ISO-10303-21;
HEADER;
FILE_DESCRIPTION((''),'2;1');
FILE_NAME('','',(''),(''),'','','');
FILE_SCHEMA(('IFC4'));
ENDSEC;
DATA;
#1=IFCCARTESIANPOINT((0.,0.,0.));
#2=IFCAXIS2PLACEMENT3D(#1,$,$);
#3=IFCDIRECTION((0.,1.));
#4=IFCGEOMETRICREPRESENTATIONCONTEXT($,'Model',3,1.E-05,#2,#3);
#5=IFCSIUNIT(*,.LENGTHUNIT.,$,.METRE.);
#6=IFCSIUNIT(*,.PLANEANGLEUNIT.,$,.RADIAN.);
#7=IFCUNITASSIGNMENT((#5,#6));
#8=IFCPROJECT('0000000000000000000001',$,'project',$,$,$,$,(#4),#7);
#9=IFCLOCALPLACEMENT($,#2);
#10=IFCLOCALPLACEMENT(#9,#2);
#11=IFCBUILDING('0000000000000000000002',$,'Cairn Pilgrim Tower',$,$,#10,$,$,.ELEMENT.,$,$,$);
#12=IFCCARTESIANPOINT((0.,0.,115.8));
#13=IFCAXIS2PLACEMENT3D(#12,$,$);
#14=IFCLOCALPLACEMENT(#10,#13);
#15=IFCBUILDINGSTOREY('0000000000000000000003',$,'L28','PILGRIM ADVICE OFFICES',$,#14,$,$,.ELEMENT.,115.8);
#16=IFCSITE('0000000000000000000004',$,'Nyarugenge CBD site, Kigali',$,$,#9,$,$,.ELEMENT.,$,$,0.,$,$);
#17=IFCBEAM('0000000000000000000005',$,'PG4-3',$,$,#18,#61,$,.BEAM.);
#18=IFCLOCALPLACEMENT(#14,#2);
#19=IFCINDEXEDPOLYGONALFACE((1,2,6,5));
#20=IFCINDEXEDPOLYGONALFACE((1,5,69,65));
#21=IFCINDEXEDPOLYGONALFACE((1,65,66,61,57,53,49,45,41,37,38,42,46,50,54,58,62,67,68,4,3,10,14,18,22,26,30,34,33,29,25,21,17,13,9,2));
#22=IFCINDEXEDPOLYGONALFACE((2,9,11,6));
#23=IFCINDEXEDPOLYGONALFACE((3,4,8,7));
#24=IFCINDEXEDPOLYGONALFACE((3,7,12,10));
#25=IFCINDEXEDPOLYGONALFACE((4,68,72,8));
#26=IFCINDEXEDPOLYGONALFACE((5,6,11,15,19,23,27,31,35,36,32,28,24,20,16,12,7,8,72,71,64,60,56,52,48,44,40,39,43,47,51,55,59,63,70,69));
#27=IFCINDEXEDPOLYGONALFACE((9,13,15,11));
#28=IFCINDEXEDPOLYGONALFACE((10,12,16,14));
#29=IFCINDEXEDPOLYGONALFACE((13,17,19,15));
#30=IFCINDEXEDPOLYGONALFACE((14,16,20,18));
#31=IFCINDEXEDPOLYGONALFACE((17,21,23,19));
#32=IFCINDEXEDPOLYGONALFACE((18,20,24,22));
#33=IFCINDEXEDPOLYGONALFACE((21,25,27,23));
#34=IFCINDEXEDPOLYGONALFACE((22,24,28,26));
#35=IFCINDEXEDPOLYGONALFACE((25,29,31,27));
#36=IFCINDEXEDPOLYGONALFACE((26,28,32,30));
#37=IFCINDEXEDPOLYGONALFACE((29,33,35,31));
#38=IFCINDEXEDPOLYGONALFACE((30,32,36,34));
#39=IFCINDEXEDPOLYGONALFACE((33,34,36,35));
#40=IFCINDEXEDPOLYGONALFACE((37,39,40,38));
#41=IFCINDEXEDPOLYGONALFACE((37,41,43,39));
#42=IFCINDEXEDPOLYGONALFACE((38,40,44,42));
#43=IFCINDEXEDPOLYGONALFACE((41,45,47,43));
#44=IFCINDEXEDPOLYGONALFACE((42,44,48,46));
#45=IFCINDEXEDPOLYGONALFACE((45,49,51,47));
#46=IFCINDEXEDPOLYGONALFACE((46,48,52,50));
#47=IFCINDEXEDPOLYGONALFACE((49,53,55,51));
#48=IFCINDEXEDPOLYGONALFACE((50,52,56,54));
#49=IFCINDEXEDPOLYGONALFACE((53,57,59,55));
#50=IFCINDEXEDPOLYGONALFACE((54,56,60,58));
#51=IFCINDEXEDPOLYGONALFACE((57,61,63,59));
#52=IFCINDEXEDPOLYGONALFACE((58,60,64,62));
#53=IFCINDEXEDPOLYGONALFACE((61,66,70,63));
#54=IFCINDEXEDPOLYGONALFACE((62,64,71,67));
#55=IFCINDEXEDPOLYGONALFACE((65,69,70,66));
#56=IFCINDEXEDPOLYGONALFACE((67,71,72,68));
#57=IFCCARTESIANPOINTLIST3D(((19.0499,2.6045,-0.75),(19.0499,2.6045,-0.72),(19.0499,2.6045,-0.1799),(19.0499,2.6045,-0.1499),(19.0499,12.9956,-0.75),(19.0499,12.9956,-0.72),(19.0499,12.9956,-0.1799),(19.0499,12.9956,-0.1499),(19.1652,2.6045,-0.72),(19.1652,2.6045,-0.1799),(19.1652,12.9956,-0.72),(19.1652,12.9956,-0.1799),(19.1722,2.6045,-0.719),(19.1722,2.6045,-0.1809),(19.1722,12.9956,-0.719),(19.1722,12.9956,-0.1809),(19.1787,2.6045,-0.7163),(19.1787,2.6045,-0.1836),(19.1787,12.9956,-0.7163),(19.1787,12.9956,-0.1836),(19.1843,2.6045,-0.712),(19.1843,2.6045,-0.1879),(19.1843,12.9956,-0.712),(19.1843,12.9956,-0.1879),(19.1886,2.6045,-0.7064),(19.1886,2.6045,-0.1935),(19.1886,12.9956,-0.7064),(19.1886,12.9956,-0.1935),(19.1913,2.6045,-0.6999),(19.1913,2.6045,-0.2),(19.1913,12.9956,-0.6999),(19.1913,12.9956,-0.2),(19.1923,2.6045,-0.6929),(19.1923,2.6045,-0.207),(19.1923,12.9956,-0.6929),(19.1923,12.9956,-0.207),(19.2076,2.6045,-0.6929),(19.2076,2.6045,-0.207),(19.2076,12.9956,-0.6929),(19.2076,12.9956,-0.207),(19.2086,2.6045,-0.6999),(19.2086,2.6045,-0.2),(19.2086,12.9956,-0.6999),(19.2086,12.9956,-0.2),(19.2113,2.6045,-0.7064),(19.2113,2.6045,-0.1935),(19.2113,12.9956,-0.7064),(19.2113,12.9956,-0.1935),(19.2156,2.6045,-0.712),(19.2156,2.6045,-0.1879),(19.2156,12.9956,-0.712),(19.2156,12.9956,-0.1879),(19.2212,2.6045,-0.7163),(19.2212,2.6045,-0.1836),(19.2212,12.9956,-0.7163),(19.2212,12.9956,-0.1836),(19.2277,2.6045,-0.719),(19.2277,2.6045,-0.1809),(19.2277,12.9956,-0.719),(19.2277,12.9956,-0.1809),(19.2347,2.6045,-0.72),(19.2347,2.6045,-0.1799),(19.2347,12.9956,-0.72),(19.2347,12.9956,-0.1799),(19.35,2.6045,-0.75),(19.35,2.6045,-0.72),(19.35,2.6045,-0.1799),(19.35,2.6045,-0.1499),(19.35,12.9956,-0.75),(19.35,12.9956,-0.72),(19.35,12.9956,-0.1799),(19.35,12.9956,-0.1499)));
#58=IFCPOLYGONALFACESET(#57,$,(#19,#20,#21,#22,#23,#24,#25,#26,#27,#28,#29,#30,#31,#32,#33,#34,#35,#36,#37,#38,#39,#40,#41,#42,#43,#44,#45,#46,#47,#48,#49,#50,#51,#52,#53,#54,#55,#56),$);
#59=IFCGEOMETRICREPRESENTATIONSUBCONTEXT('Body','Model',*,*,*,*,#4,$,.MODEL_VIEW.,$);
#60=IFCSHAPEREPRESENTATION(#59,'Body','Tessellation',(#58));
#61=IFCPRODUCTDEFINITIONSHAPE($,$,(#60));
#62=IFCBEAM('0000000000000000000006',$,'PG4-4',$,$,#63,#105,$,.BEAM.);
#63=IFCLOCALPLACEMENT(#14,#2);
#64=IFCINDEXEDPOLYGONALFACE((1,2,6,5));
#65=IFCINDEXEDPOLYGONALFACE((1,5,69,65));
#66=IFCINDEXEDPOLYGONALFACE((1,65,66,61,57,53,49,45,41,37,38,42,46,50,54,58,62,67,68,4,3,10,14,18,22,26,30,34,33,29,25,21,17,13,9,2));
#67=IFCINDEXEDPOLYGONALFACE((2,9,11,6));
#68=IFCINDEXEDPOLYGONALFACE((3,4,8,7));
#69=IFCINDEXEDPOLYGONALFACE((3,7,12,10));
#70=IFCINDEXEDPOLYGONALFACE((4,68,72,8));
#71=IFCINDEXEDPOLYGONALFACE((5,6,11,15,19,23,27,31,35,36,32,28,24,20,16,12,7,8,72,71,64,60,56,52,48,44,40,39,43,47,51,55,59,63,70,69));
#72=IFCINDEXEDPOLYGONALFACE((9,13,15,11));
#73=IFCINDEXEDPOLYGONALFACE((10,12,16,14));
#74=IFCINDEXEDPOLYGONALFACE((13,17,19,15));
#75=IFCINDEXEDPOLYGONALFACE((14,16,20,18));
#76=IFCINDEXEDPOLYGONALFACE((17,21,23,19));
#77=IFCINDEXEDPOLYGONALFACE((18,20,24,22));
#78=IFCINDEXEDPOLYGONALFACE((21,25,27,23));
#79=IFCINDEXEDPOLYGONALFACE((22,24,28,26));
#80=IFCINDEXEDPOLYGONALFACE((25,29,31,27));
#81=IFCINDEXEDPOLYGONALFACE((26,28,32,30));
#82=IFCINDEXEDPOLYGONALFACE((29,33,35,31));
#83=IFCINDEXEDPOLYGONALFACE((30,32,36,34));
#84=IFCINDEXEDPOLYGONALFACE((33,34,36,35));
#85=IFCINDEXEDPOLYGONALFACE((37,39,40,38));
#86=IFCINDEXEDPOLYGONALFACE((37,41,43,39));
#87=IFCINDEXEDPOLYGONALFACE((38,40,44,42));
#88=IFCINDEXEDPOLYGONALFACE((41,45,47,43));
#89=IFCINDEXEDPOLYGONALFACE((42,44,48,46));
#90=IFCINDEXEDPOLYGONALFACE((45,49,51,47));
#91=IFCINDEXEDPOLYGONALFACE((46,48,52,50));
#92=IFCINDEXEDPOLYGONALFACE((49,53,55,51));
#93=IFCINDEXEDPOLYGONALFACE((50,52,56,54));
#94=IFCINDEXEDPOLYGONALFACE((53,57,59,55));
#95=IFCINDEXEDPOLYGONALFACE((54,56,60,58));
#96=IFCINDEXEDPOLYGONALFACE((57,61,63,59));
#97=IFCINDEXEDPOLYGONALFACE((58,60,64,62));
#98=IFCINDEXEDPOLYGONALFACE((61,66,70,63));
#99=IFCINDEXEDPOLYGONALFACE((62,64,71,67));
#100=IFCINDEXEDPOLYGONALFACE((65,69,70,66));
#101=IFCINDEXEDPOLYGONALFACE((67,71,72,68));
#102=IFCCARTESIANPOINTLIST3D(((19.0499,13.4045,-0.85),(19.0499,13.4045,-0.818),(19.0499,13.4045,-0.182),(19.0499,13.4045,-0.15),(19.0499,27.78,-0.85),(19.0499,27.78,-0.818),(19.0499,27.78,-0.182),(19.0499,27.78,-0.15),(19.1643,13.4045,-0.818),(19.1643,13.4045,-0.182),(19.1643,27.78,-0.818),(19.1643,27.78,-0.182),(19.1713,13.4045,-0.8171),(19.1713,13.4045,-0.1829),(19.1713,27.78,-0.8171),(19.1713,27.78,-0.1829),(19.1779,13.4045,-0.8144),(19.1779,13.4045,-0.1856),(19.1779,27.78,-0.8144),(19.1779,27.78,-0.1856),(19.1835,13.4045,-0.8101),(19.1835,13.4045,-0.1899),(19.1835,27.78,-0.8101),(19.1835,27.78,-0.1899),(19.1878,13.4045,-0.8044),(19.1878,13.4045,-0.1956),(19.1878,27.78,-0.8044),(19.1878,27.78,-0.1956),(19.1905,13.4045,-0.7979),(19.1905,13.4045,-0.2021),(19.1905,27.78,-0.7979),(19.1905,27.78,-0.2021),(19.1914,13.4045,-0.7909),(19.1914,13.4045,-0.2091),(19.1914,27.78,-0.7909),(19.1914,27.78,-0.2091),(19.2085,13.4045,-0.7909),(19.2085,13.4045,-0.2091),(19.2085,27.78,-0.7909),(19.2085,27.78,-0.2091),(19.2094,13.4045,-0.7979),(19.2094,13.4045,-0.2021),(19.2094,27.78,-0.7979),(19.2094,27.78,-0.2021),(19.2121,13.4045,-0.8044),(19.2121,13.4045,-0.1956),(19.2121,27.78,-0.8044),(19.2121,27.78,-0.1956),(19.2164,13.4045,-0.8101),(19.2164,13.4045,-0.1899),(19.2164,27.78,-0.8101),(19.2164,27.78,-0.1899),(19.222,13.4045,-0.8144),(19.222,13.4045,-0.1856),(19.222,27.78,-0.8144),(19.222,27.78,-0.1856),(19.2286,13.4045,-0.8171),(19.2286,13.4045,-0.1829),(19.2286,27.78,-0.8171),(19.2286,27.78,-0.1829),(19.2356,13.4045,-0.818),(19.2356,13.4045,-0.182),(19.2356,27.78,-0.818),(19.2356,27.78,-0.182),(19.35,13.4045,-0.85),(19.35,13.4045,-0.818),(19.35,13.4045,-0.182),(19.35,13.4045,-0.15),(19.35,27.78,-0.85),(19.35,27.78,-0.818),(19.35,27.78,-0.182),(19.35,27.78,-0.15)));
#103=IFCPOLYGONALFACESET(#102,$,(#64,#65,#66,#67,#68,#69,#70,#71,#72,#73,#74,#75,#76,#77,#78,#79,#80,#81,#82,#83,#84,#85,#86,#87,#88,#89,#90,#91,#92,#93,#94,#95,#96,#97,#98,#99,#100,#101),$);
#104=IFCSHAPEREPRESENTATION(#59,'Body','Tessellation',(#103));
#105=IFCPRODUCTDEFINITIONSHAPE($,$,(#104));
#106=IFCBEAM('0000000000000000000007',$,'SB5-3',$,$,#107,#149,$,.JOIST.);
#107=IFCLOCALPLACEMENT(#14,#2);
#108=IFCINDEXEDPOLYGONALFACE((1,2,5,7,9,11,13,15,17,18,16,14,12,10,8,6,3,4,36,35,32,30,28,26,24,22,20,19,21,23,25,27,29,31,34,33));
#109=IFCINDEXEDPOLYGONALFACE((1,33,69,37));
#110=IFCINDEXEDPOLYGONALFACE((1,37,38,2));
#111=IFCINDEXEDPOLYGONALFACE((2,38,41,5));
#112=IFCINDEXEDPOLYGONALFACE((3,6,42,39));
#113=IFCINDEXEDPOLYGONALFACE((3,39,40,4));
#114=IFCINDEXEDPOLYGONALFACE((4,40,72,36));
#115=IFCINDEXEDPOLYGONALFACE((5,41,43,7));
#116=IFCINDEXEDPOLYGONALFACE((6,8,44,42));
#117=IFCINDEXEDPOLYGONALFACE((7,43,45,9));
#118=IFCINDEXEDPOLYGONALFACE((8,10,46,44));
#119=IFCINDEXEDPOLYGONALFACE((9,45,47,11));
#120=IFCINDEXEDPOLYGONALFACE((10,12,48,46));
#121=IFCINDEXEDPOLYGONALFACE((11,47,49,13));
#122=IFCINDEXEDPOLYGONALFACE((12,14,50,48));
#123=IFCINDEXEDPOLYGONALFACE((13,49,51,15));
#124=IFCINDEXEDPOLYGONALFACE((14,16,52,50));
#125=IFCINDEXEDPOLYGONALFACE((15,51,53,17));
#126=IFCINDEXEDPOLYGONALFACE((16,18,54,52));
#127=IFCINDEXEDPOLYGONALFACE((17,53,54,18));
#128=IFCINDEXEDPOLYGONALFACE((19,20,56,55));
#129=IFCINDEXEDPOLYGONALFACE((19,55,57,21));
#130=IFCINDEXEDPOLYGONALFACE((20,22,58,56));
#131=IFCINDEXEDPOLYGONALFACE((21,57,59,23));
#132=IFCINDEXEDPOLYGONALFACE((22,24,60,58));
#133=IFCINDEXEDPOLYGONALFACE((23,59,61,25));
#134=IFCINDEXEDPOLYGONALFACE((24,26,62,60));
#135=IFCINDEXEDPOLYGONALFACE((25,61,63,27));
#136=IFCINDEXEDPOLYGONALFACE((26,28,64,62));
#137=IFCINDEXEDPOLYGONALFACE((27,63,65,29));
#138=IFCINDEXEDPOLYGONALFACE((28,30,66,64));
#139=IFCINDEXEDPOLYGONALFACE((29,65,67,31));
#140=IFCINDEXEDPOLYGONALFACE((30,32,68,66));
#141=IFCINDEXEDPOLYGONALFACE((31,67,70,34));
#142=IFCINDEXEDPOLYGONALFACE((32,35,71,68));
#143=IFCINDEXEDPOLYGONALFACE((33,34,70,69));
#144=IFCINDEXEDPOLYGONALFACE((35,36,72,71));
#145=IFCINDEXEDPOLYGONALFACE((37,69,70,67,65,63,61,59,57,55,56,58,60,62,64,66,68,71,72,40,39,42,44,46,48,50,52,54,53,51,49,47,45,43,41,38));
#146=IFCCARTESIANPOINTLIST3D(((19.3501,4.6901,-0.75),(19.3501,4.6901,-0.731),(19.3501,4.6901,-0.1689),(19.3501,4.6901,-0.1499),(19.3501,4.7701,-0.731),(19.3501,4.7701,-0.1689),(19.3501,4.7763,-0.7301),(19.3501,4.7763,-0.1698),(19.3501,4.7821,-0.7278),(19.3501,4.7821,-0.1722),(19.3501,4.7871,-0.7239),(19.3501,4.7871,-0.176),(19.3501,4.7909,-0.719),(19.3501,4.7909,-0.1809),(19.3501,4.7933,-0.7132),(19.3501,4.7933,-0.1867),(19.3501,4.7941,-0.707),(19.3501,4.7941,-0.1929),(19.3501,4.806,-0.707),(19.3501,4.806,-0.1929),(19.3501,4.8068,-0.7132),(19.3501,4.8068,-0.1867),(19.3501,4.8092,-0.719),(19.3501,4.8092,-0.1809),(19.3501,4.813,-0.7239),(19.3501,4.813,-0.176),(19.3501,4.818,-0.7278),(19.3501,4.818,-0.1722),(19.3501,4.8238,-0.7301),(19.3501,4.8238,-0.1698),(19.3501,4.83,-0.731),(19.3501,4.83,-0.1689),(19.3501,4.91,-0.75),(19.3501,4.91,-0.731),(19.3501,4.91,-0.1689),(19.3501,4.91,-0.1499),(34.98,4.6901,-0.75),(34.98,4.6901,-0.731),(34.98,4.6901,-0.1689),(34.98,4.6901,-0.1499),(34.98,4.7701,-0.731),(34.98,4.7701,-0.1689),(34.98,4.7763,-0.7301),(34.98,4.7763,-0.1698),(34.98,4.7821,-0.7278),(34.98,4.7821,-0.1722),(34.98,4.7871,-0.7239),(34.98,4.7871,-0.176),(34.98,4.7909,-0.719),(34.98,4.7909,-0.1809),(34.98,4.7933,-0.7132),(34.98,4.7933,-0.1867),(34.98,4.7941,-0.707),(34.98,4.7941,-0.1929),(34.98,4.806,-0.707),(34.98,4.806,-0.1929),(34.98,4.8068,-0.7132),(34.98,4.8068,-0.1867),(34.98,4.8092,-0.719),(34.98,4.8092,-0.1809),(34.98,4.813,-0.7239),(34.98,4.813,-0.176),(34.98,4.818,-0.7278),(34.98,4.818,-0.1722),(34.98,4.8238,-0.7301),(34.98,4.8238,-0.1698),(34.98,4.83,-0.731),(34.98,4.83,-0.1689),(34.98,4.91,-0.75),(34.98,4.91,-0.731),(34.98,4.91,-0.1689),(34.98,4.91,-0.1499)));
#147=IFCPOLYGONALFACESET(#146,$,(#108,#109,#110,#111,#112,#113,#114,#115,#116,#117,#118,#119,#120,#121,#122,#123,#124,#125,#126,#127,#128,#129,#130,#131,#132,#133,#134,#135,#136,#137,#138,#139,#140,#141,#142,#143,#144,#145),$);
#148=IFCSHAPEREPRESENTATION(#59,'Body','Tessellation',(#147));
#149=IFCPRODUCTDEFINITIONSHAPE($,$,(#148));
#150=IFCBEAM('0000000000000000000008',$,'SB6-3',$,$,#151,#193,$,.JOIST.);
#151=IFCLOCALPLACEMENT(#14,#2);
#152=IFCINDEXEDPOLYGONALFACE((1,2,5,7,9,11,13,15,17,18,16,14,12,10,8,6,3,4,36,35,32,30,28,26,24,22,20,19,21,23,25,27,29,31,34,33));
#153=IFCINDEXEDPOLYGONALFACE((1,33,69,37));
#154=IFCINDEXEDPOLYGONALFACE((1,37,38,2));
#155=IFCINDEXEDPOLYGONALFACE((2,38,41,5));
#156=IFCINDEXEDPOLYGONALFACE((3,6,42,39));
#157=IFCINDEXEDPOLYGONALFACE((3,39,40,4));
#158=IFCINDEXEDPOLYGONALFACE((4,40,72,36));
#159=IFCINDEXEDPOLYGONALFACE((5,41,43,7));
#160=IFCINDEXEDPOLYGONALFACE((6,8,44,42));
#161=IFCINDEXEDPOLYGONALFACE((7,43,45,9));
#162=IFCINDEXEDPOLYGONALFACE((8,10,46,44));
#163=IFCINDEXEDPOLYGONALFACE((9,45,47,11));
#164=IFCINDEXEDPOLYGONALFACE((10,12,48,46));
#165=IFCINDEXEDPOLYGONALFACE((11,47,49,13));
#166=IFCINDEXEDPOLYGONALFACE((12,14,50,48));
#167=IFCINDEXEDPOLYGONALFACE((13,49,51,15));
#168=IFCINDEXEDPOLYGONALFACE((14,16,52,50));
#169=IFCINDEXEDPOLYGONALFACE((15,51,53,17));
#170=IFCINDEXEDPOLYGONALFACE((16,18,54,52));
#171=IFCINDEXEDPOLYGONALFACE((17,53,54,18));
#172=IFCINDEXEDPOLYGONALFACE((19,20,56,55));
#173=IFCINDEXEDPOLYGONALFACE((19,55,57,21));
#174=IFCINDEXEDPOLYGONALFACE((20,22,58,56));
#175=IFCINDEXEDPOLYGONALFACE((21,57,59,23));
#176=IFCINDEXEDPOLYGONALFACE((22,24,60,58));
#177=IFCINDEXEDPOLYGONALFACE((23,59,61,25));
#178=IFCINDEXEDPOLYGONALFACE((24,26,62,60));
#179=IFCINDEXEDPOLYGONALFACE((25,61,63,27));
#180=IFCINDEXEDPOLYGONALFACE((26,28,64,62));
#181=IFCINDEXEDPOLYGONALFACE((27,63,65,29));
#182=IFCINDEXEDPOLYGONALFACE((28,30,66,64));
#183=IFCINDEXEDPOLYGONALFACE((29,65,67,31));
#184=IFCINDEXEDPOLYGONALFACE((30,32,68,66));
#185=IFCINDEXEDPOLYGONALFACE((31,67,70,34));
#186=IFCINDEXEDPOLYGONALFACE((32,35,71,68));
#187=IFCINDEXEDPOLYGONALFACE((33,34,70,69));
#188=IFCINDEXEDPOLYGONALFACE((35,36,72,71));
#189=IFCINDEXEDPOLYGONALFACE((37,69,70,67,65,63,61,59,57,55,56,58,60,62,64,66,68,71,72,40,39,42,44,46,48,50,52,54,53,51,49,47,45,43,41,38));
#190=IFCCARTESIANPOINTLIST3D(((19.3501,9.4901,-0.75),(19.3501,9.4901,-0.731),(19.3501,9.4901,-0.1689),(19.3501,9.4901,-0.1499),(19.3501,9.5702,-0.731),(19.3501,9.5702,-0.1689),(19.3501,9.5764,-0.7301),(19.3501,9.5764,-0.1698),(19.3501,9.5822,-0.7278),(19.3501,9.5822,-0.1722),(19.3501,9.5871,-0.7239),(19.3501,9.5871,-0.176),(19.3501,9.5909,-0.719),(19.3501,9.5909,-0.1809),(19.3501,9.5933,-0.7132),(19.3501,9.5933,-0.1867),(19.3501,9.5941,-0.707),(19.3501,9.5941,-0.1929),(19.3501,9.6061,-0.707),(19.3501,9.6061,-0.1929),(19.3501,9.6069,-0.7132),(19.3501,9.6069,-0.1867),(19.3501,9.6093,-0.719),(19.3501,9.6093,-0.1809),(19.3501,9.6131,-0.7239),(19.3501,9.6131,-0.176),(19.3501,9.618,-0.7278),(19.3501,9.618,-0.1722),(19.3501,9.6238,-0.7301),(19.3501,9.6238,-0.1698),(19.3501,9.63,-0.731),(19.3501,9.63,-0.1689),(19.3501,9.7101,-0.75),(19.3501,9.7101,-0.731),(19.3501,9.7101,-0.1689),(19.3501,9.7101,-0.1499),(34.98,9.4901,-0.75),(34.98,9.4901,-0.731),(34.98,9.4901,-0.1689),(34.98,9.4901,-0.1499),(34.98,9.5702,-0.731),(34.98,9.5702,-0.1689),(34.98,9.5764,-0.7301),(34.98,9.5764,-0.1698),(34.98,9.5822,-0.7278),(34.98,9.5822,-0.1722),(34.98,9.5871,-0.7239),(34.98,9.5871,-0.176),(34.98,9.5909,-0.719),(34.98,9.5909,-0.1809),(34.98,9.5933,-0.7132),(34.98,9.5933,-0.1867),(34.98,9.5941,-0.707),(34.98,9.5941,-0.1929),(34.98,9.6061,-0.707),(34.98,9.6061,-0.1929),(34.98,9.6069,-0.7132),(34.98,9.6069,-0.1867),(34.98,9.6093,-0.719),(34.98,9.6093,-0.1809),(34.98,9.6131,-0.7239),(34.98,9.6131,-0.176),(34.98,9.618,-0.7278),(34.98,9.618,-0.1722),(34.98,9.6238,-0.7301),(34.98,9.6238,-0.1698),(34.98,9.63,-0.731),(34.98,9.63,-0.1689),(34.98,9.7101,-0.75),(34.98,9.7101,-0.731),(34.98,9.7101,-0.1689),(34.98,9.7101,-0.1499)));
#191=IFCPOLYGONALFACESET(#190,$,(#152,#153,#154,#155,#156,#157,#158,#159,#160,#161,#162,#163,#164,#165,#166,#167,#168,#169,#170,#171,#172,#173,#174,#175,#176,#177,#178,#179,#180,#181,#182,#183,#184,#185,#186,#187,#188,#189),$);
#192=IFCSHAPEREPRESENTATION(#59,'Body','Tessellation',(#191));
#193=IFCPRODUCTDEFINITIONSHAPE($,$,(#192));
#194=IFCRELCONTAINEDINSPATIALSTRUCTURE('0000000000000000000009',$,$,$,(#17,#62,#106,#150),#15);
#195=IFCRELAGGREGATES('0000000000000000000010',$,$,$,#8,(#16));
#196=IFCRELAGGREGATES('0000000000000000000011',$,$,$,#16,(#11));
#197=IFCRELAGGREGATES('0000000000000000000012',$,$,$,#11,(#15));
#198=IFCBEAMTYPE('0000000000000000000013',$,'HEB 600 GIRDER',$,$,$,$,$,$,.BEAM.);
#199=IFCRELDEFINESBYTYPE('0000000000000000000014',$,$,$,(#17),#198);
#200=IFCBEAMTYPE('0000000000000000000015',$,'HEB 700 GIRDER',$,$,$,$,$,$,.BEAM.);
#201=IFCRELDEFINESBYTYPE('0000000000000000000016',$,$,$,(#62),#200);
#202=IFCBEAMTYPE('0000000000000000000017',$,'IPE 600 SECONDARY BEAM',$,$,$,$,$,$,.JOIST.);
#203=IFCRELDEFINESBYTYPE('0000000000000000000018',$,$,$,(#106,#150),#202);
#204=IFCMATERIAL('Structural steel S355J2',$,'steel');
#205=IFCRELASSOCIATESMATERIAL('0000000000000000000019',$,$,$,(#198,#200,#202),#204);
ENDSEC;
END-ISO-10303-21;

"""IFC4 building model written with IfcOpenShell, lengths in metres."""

from ifc_helpers import new_model, si_unit, direction, frame, origin, origin_2d, place, context, subcontext, project, spatial, i_section, extrude, material, material_profile, profile_set, type_object, element, save


model = new_model("IFC4")

# Units and contexts
model_context = context("Model", 3, precision=1e-05, world=origin(), true_north=direction((0.0, 1.0)))
body_context = subcontext(model_context, "Body", "Model", "MODEL_VIEW")
ifc_project = project(units=[si_unit("LENGTHUNIT", "METRE"), si_unit("PLANEANGLEUNIT", "RADIAN")], contexts=[model_context])

# Site, building, storey
site_placement = place(None, origin())
site = spatial("IfcSite", under=ifc_project, at=site_placement, Name="Nyarugenge CBD site, Kigali", CompositionType="ELEMENT", RefElevation=0.0)
building_placement = place(site_placement, origin())
building = spatial("IfcBuilding", under=site, at=building_placement, Name="Cairn Pilgrim Tower", CompositionType="ELEMENT")
storey_placement = place(building_placement, frame((0.0, 0.0, 115.8)))
storey = spatial("IfcBuildingStorey", under=building, at=storey_placement, Name="L28", Description="PILGRIM ADVICE OFFICES", CompositionType="ELEMENT", Elevation=115.8)

# Beams
ifc_material_1 = material(Name="Structural steel S355J2", Category="steel")
ifc_material_profile_1 = material_profile(ifc_material_1, i_section(OverallWidth=0.3, OverallDepth=0.6001, WebThickness=0.0154, FlangeThickness=0.03, FilletRadius=0.0271, at=origin_2d()), Name="HEB 600")
ifc_profile_set_1 = profile_set([ifc_material_profile_1], Name="Structural steel S355J2")
beam_type_1 = type_object("IfcBeamType", Name="HEB 600 GIRDER", PredefinedType="BEAM", material=ifc_profile_set_1)
beam_1_placement = place(storey_placement, frame((19.2, 2.6045, -0.45), z_axis=(0.0, 1.0, 0.0), x_axis=(-1.0, 0.0, 0.0)))
element("IfcBeam", 1, at=beam_1_placement, inside=storey, type_object=beam_type_1, Name="PG4-3", PredefinedType="BEAM", context=body_context, shape_type="SweptSolid", body=[
    extrude(i_section(OverallWidth=0.3, OverallDepth=0.6001, WebThickness=0.0154, FlangeThickness=0.03, FilletRadius=0.0271, at=origin_2d()), origin(), (0.0, 0.0, 1.0), 10.3911),
])
ifc_material_profile_2 = material_profile(ifc_material_1, i_section(OverallWidth=0.3, OverallDepth=0.7, WebThickness=0.0171, FlangeThickness=0.032, FilletRadius=0.0271, at=origin_2d()), Name="HEB 700")
ifc_profile_set_2 = profile_set([ifc_material_profile_2], Name="Structural steel S355J2")
beam_type_2 = type_object("IfcBeamType", Name="HEB 700 GIRDER", PredefinedType="BEAM", material=ifc_profile_set_2)
beam_2_placement = place(storey_placement, frame((19.2, 13.4045, -0.5), z_axis=(0.0, 1.0, 0.0), x_axis=(-1.0, 0.0, 0.0)))
element("IfcBeam", 2, at=beam_2_placement, inside=storey, type_object=beam_type_2, Name="PG4-4", PredefinedType="BEAM", context=body_context, shape_type="SweptSolid", body=[
    extrude(i_section(OverallWidth=0.3, OverallDepth=0.7, WebThickness=0.0171, FlangeThickness=0.032, FilletRadius=0.0271, at=origin_2d()), origin(), (0.0, 0.0, 1.0), 14.3755),
])
ifc_material_profile_3 = material_profile(ifc_material_1, i_section(OverallWidth=0.22, OverallDepth=0.6001, WebThickness=0.012, FlangeThickness=0.019, FilletRadius=0.0239, at=origin_2d()), Name="IPE 600")
ifc_profile_set_3 = profile_set([ifc_material_profile_3], Name="Structural steel S355J2")
beam_type_3 = type_object("IfcBeamType", Name="IPE 600 SECONDARY BEAM", PredefinedType="JOIST", material=ifc_profile_set_3)
for number, where, z_axis, x_axis, name in (
    (3, (19.3501, 4.8, -0.45), (1.0, 0.0, 0.0), (0.0, 1.0, 0.0), "SB5-3"),
    (4, (19.3501, 9.6001, -0.45), (1.0, 0.0, 0.0), (0.0, 1.0, 0.0), "SB6-3"),
):
    element("IfcBeam", number, at=place(storey_placement, frame(where, z_axis=z_axis, x_axis=x_axis)), inside=storey, type_object=beam_type_3, Name=name, PredefinedType="JOIST", context=body_context, shape_type="SweptSolid", body=[
        extrude(i_section(OverallWidth=0.22, OverallDepth=0.6001, WebThickness=0.012, FlangeThickness=0.019, FilletRadius=0.0239, at=origin_2d()), origin(), (0.0, 0.0, 1.0), 15.6299),
    ])

save(model, "model.ifc")
